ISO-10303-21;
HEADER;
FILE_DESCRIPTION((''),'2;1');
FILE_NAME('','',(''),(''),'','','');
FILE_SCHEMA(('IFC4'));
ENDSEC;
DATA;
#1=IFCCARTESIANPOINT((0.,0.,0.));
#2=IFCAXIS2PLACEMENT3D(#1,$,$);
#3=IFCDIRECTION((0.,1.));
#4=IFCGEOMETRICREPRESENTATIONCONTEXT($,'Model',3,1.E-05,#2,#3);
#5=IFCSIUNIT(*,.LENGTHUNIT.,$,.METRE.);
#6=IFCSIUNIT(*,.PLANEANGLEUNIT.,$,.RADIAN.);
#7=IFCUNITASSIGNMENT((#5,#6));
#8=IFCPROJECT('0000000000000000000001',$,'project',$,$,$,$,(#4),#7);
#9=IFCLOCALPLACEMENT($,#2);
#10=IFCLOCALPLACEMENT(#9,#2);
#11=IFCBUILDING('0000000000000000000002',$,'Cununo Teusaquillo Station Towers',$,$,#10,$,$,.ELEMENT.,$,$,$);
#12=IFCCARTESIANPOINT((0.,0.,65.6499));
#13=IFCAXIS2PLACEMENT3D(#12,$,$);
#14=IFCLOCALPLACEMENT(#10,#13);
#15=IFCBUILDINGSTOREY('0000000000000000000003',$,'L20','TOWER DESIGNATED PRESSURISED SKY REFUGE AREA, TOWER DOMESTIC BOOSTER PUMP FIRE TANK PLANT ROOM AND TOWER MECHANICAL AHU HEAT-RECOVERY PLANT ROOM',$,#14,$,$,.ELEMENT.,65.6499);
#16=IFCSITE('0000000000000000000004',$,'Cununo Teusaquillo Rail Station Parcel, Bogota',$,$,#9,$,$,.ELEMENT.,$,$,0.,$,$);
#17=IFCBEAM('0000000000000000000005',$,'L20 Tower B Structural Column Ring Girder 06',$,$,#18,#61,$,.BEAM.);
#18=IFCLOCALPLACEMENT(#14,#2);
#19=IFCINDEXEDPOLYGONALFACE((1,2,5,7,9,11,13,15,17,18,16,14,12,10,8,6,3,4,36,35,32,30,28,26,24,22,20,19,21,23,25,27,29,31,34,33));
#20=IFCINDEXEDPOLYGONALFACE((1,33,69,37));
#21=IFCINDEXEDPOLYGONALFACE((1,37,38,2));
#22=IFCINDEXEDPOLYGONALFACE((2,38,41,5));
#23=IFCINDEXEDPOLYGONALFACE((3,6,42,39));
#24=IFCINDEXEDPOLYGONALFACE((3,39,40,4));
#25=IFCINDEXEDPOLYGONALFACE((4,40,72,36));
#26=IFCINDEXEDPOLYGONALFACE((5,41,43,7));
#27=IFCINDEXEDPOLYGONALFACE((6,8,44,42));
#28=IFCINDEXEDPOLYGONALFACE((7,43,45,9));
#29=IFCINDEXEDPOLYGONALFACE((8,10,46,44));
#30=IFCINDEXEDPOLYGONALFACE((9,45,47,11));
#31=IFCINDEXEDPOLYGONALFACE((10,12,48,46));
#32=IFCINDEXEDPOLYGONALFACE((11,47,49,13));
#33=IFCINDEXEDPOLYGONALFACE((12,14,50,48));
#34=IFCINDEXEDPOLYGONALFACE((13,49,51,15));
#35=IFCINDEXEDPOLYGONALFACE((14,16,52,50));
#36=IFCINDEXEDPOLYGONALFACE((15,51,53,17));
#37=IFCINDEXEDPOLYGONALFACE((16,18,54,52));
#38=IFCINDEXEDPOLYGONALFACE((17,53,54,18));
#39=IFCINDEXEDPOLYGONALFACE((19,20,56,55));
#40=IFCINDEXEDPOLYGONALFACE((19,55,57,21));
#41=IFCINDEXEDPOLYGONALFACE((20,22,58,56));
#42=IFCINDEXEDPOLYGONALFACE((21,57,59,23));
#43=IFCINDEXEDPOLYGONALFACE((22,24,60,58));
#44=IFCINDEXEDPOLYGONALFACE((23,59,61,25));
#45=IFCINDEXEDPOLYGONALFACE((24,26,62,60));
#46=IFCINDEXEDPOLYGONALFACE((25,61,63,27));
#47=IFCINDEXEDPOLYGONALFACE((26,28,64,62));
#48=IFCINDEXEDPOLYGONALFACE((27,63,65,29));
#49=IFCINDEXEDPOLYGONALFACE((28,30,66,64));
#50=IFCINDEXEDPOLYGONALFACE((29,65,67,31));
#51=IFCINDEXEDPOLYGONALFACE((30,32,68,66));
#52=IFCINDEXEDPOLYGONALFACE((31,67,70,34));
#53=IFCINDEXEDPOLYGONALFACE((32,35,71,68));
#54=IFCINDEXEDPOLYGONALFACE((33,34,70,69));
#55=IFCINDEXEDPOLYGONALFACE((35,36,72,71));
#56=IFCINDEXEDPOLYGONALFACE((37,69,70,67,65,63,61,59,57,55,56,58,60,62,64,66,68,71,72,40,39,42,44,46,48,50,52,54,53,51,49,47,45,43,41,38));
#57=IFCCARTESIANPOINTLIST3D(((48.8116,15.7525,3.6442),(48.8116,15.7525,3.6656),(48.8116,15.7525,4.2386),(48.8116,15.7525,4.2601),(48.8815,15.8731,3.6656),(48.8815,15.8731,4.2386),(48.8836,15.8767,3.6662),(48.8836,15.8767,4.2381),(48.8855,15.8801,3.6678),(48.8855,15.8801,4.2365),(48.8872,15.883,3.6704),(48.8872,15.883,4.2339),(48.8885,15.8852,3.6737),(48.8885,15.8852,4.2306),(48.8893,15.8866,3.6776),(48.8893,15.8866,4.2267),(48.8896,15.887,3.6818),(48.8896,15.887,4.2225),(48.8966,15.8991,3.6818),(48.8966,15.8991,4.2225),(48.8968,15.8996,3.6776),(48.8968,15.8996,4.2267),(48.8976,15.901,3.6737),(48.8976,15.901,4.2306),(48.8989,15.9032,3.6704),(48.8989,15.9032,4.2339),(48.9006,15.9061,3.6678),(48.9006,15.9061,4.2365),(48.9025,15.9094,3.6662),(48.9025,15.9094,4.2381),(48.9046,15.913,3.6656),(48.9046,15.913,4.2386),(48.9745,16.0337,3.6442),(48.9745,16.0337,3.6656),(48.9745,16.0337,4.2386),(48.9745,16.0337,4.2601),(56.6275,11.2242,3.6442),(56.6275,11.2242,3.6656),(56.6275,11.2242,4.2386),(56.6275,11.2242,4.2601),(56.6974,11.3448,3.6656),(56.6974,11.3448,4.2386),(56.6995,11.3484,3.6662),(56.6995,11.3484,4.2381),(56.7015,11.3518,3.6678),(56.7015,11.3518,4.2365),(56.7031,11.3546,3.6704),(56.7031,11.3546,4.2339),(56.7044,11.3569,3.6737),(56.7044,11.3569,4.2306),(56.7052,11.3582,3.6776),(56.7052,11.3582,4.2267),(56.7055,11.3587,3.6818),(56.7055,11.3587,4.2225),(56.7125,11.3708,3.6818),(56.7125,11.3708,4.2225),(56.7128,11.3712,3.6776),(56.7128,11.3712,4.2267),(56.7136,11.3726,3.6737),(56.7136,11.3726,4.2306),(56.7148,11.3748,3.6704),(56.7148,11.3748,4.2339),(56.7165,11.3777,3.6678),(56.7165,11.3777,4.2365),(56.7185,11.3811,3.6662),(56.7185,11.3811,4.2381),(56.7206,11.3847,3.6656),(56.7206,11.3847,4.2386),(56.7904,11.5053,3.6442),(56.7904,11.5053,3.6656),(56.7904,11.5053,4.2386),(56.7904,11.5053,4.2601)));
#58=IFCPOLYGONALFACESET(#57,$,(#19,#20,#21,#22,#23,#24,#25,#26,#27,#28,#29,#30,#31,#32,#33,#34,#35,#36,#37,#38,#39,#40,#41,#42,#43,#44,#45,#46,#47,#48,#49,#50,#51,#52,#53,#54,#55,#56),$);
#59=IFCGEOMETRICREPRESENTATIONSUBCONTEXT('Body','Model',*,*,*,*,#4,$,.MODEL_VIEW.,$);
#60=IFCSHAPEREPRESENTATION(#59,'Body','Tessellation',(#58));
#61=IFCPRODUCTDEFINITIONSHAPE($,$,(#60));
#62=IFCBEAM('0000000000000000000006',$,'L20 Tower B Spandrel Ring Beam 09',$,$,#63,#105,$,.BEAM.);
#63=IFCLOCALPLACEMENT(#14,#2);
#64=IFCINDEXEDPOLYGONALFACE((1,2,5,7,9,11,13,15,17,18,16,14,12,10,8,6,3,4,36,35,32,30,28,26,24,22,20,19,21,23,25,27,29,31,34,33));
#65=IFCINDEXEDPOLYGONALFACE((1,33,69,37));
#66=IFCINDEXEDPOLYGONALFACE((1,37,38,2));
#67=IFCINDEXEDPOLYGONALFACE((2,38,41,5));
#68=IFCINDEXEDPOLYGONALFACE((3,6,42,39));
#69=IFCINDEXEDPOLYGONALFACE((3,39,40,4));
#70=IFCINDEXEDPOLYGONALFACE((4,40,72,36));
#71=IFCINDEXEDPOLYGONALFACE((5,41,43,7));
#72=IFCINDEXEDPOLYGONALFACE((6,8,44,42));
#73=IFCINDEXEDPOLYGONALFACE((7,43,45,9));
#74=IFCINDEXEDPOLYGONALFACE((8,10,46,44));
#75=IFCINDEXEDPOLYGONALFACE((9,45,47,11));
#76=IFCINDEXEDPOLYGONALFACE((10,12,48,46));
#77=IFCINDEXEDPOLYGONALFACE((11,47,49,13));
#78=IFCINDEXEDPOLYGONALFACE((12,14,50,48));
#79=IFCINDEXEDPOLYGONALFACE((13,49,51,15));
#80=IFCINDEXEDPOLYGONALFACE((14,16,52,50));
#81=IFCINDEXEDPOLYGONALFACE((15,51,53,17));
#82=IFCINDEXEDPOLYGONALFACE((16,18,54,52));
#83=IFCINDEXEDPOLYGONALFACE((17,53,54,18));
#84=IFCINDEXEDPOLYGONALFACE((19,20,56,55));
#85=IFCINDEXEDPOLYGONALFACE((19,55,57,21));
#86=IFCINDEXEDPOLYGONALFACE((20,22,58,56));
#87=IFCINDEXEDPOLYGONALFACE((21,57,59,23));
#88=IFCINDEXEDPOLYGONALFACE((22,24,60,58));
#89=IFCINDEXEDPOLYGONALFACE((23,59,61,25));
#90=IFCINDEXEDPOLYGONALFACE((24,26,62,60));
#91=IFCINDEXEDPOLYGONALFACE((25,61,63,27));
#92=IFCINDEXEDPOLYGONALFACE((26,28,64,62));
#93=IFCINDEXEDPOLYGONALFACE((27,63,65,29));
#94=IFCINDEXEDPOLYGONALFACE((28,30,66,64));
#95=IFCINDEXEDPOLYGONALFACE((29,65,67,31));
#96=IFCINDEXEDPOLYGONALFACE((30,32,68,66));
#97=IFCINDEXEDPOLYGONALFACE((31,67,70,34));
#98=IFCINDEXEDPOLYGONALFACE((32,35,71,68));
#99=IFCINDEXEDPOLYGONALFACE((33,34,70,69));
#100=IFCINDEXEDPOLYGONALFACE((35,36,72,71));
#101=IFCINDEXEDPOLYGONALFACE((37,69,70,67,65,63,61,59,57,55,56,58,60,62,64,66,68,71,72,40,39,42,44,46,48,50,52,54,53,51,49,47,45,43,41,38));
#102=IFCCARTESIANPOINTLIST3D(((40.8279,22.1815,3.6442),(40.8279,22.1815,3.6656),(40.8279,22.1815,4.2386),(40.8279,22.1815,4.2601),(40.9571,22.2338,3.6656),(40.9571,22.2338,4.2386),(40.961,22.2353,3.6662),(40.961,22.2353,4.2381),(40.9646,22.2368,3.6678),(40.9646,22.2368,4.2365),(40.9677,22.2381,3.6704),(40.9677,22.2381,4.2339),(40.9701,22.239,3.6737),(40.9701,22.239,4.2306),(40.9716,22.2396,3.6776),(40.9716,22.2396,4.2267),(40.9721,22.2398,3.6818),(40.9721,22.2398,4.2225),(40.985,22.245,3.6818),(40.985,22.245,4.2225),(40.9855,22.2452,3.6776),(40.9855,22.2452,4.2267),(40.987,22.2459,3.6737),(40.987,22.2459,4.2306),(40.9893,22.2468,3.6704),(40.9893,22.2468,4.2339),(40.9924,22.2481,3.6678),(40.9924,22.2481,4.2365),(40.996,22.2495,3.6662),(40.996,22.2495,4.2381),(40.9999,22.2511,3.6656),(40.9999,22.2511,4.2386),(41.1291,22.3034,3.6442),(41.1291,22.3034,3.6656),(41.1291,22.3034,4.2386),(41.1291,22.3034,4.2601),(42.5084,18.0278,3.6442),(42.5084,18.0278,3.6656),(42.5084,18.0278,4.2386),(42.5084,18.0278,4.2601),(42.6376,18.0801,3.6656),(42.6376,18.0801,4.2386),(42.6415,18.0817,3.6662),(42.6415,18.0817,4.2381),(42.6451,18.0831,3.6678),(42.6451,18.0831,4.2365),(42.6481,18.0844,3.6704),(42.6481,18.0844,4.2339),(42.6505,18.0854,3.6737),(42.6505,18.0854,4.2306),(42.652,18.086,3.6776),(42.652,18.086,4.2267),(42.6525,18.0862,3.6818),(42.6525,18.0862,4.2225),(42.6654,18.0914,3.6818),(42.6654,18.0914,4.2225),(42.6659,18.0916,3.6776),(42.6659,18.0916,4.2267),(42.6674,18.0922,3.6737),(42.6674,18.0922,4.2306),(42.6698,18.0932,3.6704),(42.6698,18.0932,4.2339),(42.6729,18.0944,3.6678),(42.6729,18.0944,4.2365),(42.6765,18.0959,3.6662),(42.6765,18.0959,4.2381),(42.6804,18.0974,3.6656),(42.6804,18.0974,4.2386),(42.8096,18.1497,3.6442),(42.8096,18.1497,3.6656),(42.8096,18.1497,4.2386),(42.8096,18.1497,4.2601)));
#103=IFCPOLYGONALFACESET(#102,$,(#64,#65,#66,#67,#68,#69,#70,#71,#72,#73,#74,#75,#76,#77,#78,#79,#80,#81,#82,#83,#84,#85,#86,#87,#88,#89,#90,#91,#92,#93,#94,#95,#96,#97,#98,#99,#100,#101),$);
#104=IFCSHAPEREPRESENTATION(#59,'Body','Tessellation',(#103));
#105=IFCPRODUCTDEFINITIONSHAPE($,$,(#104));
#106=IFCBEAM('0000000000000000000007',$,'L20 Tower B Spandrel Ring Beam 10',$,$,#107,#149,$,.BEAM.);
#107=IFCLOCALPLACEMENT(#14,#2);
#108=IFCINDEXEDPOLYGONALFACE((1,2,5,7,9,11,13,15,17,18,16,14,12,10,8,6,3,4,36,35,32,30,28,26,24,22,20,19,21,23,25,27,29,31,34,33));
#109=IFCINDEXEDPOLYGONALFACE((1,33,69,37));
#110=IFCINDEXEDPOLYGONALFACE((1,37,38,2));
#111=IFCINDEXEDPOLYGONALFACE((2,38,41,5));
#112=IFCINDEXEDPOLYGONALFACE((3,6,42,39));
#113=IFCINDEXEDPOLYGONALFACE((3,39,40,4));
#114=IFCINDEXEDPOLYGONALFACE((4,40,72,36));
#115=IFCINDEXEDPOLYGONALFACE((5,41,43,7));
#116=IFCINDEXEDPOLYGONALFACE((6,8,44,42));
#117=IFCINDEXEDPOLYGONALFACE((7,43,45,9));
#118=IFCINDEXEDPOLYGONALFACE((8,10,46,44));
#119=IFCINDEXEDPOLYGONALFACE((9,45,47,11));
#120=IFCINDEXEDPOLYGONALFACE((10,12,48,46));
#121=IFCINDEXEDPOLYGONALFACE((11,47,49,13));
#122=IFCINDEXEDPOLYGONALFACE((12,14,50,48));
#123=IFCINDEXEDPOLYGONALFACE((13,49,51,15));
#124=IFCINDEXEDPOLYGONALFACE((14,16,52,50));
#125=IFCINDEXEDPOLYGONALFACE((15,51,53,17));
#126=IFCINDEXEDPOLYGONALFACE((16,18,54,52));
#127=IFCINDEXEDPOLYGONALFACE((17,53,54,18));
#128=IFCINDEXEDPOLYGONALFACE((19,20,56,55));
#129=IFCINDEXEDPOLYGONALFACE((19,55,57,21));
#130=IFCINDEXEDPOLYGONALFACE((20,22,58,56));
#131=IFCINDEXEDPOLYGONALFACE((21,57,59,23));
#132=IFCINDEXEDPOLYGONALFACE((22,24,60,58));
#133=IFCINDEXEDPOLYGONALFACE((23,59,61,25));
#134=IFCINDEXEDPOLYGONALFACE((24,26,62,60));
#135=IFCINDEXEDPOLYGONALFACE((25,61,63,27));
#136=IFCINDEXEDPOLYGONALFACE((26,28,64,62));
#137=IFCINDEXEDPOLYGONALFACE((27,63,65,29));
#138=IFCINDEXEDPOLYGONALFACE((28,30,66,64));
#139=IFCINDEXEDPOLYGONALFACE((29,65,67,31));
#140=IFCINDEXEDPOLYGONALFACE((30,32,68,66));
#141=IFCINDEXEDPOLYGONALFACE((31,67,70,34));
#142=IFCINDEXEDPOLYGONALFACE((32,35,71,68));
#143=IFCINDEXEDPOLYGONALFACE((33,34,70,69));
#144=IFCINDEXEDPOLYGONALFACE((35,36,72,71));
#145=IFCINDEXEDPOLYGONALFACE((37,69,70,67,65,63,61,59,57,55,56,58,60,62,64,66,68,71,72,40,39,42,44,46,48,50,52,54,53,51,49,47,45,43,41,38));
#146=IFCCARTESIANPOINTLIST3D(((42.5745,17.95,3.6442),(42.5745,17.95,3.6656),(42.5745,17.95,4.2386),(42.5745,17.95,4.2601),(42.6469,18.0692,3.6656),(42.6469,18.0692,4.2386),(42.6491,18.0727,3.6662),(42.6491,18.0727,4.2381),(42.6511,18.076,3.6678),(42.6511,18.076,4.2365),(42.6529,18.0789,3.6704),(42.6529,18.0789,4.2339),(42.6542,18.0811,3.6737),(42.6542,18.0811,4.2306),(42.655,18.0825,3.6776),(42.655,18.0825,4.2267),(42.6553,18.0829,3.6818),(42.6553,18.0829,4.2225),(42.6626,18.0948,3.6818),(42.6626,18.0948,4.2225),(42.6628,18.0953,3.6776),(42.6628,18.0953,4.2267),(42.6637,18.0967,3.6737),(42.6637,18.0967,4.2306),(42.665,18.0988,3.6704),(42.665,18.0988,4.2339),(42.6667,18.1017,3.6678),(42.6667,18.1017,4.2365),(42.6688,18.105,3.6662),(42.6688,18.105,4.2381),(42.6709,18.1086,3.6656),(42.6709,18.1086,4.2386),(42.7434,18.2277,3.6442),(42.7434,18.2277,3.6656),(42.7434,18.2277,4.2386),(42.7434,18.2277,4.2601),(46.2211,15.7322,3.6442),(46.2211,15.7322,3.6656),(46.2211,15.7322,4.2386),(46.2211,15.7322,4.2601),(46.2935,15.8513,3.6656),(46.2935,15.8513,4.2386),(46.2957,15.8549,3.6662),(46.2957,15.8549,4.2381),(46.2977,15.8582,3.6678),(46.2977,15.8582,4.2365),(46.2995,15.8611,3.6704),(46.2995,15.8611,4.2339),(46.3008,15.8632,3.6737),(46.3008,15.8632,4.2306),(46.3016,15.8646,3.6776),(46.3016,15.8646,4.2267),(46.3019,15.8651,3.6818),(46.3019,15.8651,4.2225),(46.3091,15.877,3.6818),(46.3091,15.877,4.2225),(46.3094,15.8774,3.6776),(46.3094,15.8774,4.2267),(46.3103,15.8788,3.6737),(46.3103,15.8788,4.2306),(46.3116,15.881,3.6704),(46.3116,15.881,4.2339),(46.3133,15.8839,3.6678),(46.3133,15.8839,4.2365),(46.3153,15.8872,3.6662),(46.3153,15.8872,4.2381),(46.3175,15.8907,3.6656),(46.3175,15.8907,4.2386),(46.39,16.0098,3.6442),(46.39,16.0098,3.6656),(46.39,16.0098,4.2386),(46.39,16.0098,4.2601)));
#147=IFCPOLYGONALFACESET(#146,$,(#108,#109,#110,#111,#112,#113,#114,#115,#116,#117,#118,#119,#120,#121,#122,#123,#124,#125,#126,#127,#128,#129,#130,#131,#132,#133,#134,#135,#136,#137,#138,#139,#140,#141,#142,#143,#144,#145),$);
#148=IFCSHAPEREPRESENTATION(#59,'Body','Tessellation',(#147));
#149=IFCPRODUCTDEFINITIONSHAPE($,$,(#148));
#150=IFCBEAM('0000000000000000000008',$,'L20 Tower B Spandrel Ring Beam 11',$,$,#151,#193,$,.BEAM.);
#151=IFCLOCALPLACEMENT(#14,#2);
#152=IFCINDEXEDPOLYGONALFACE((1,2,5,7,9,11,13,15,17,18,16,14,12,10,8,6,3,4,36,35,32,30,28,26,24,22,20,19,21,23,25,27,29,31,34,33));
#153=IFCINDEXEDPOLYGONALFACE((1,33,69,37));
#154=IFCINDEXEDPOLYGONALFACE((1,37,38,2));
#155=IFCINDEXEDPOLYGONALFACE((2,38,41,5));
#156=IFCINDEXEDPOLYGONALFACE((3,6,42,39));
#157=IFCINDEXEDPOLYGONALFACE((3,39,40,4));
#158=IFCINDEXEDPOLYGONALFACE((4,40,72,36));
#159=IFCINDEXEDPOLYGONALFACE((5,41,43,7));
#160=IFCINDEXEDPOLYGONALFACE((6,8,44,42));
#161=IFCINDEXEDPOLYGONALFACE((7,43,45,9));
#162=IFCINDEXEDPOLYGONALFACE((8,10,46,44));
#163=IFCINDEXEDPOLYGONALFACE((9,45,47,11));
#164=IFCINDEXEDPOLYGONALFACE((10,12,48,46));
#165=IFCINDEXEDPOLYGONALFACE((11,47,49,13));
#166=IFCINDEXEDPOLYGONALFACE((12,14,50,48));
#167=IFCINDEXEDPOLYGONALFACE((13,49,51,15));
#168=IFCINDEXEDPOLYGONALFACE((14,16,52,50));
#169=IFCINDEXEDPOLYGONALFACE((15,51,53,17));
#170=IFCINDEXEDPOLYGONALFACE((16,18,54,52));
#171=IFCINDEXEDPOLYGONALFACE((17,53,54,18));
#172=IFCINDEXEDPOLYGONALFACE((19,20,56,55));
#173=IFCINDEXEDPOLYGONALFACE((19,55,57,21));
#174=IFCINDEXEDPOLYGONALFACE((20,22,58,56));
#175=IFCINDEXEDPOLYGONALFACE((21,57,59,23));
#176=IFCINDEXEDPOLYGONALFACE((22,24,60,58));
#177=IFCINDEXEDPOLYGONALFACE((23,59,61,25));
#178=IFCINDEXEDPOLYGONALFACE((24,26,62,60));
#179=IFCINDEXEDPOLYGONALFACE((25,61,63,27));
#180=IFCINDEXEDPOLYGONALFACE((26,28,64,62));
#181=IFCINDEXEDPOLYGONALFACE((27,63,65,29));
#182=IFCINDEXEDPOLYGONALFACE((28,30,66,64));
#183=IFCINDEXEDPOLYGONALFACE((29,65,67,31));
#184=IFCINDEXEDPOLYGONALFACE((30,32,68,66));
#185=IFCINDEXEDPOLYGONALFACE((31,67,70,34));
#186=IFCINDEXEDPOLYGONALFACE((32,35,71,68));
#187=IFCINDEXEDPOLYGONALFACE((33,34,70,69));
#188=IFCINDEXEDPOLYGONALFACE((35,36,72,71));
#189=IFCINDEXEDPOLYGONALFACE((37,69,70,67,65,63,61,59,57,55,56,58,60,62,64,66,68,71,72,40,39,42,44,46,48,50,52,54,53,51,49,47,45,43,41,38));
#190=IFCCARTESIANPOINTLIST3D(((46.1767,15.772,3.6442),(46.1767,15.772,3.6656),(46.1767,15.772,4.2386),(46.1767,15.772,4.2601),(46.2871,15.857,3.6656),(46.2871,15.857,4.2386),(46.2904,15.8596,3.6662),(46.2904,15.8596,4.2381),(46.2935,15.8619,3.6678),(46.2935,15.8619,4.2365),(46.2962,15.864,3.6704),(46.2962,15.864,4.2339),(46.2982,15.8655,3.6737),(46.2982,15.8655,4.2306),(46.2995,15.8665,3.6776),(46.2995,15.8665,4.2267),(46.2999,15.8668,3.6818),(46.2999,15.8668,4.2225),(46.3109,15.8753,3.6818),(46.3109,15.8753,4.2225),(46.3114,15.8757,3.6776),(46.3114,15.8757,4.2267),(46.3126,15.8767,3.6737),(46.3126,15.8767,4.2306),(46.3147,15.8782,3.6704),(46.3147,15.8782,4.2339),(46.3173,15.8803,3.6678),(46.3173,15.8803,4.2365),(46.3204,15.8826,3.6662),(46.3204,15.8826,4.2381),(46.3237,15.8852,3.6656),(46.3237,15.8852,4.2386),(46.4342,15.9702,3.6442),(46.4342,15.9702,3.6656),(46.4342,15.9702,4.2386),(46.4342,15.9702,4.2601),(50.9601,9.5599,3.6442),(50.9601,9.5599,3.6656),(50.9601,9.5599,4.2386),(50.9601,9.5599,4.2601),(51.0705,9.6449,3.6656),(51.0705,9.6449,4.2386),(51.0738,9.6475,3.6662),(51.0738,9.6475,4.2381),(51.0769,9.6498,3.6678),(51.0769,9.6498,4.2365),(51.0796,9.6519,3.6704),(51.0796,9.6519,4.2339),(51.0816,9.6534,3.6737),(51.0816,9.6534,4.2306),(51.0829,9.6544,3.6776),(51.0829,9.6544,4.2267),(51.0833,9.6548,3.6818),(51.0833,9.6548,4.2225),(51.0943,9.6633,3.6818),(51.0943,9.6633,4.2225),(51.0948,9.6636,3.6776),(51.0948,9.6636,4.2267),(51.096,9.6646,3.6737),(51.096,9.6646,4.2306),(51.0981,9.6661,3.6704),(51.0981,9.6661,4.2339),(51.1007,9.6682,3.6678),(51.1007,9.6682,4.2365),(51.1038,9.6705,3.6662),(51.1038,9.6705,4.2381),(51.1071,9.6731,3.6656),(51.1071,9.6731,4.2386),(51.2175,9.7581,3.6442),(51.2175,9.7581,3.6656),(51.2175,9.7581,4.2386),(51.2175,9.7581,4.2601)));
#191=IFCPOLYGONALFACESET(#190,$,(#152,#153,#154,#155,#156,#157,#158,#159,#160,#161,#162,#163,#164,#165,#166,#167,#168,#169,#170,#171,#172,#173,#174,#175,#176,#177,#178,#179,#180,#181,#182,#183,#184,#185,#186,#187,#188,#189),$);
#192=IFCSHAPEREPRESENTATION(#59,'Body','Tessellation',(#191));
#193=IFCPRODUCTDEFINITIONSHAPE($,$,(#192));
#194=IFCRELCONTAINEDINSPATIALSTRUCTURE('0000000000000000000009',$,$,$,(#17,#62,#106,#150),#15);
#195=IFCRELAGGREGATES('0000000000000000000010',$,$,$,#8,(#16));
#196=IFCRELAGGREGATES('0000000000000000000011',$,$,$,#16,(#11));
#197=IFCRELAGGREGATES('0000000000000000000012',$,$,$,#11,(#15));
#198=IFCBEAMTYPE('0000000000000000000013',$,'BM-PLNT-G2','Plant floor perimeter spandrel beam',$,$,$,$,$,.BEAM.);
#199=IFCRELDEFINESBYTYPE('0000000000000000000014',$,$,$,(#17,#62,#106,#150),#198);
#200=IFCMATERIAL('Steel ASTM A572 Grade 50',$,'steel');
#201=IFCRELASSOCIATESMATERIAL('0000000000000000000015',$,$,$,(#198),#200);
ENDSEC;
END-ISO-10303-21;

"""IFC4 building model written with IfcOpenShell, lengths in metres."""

from ifc_helpers import new_model, si_unit, direction, frame, origin, origin_2d, place, context, subcontext, project, spatial, i_section, extrude, material, material_profile, profile_set, type_object, element, save


model = new_model("IFC4")

# Units and contexts
model_context = context("Model", 3, precision=1e-05, world=origin(), true_north=direction((0.0, 1.0)))
body_context = subcontext(model_context, "Body", "Model", "MODEL_VIEW")
ifc_project = project(units=[si_unit("LENGTHUNIT", "METRE"), si_unit("PLANEANGLEUNIT", "RADIAN")], contexts=[model_context])

# Site, building, storey
site_placement = place(None, origin())
site = spatial("IfcSite", under=ifc_project, at=site_placement, Name="Cununo Teusaquillo Rail Station Parcel, Bogota", CompositionType="ELEMENT", RefElevation=0.0)
building_placement = place(site_placement, origin())
building = spatial("IfcBuilding", under=site, at=building_placement, Name="Cununo Teusaquillo Station Towers", CompositionType="ELEMENT")
storey_placement = place(building_placement, frame((0.0, 0.0, 65.6499)))
storey = spatial("IfcBuildingStorey", under=building, at=storey_placement, Name="L20", Description="TOWER DESIGNATED PRESSURISED SKY REFUGE AREA, TOWER DOMESTIC BOOSTER PUMP FIRE TANK PLANT ROOM AND TOWER MECHANICAL AHU HEAT-RECOVERY PLANT ROOM", CompositionType="ELEMENT", Elevation=65.6499)

# Beams
ifc_material_1 = material(Name="Steel ASTM A572 Grade 50", Category="steel")
ifc_material_profile_1 = material_profile(ifc_material_1, i_section(OverallWidth=0.325, OverallDepth=0.616, WebThickness=0.0139, FlangeThickness=0.0215, FilletRadius=0.0161, at=origin_2d()), Name="W24X117")
ifc_profile_set_1 = profile_set([ifc_material_profile_1], Name="Steel ASTM A572 Grade 50")
beam_type_1 = type_object("IfcBeamType", Name="BM-PLNT-G2", Description="Plant floor perimeter spandrel beam", PredefinedType="BEAM", material=ifc_profile_set_1)
for number, where, z_axis, x_axis, name in (
    (1, (48.8931, 15.8931, 3.9521), (0.865267, -0.501311, 0.0), (0.501311, 0.865267, 0.0), "L20 Tower B Structural Column Ring Girder 06"),
):
    element("IfcBeam", number, at=place(storey_placement, frame(where, z_axis=z_axis, x_axis=x_axis)), inside=storey, type_object=beam_type_1, Name=name, PredefinedType="BEAM", context=body_context, shape_type="SweptSolid", body=[
        extrude(i_section(OverallWidth=0.325, OverallDepth=0.616, WebThickness=0.0139, FlangeThickness=0.0215, FilletRadius=0.0161, at=origin_2d()), origin(), (0.0, 0.0, 1.0), 9.033),
    ])
beam_1_placement = place(storey_placement, frame((40.9785, 22.2424, 3.9521), z_axis=(0.375042, -0.927008, 0.0), x_axis=(0.927008, 0.375042, 0.0)))
element("IfcBeam", 2, at=beam_1_placement, inside=storey, type_object=beam_type_1, Name="L20 Tower B Spandrel Ring Beam 09", PredefinedType="BEAM", context=body_context, shape_type="SweptSolid", body=[
    extrude(i_section(OverallWidth=0.325, OverallDepth=0.616, WebThickness=0.0139, FlangeThickness=0.0215, FilletRadius=0.0161, at=origin_2d()), origin(), (0.0, 0.0, 1.0), 4.4807),
])
beam_2_placement = place(storey_placement, frame((42.6589, 18.0889, 3.9521), z_axis=(0.854388, -0.519635, 0.0), x_axis=(0.519635, 0.854388, 0.0)))
element("IfcBeam", 3, at=beam_2_placement, inside=storey, type_object=beam_type_1, Name="L20 Tower B Spandrel Ring Beam 10", PredefinedType="BEAM", context=body_context, shape_type="SweptSolid", body=[
    extrude(i_section(OverallWidth=0.325, OverallDepth=0.616, WebThickness=0.0139, FlangeThickness=0.0215, FilletRadius=0.0161, at=origin_2d()), origin(), (0.0, 0.0, 1.0), 4.2681),
])
beam_3_placement = place(storey_placement, frame((46.3054, 15.8711, 3.9521), z_axis=(0.6101, -0.792324, 0.0), x_axis=(0.792324, 0.6101, 0.0)))
element("IfcBeam", 4, at=beam_3_placement, inside=storey, type_object=beam_type_1, Name="L20 Tower B Spandrel Ring Beam 11", PredefinedType="BEAM", context=body_context, shape_type="SweptSolid", body=[
    extrude(i_section(OverallWidth=0.325, OverallDepth=0.616, WebThickness=0.0139, FlangeThickness=0.0215, FilletRadius=0.0161, at=origin_2d()), origin(), (0.0, 0.0, 1.0), 7.8403),
])

save(model, "model.ifc")
